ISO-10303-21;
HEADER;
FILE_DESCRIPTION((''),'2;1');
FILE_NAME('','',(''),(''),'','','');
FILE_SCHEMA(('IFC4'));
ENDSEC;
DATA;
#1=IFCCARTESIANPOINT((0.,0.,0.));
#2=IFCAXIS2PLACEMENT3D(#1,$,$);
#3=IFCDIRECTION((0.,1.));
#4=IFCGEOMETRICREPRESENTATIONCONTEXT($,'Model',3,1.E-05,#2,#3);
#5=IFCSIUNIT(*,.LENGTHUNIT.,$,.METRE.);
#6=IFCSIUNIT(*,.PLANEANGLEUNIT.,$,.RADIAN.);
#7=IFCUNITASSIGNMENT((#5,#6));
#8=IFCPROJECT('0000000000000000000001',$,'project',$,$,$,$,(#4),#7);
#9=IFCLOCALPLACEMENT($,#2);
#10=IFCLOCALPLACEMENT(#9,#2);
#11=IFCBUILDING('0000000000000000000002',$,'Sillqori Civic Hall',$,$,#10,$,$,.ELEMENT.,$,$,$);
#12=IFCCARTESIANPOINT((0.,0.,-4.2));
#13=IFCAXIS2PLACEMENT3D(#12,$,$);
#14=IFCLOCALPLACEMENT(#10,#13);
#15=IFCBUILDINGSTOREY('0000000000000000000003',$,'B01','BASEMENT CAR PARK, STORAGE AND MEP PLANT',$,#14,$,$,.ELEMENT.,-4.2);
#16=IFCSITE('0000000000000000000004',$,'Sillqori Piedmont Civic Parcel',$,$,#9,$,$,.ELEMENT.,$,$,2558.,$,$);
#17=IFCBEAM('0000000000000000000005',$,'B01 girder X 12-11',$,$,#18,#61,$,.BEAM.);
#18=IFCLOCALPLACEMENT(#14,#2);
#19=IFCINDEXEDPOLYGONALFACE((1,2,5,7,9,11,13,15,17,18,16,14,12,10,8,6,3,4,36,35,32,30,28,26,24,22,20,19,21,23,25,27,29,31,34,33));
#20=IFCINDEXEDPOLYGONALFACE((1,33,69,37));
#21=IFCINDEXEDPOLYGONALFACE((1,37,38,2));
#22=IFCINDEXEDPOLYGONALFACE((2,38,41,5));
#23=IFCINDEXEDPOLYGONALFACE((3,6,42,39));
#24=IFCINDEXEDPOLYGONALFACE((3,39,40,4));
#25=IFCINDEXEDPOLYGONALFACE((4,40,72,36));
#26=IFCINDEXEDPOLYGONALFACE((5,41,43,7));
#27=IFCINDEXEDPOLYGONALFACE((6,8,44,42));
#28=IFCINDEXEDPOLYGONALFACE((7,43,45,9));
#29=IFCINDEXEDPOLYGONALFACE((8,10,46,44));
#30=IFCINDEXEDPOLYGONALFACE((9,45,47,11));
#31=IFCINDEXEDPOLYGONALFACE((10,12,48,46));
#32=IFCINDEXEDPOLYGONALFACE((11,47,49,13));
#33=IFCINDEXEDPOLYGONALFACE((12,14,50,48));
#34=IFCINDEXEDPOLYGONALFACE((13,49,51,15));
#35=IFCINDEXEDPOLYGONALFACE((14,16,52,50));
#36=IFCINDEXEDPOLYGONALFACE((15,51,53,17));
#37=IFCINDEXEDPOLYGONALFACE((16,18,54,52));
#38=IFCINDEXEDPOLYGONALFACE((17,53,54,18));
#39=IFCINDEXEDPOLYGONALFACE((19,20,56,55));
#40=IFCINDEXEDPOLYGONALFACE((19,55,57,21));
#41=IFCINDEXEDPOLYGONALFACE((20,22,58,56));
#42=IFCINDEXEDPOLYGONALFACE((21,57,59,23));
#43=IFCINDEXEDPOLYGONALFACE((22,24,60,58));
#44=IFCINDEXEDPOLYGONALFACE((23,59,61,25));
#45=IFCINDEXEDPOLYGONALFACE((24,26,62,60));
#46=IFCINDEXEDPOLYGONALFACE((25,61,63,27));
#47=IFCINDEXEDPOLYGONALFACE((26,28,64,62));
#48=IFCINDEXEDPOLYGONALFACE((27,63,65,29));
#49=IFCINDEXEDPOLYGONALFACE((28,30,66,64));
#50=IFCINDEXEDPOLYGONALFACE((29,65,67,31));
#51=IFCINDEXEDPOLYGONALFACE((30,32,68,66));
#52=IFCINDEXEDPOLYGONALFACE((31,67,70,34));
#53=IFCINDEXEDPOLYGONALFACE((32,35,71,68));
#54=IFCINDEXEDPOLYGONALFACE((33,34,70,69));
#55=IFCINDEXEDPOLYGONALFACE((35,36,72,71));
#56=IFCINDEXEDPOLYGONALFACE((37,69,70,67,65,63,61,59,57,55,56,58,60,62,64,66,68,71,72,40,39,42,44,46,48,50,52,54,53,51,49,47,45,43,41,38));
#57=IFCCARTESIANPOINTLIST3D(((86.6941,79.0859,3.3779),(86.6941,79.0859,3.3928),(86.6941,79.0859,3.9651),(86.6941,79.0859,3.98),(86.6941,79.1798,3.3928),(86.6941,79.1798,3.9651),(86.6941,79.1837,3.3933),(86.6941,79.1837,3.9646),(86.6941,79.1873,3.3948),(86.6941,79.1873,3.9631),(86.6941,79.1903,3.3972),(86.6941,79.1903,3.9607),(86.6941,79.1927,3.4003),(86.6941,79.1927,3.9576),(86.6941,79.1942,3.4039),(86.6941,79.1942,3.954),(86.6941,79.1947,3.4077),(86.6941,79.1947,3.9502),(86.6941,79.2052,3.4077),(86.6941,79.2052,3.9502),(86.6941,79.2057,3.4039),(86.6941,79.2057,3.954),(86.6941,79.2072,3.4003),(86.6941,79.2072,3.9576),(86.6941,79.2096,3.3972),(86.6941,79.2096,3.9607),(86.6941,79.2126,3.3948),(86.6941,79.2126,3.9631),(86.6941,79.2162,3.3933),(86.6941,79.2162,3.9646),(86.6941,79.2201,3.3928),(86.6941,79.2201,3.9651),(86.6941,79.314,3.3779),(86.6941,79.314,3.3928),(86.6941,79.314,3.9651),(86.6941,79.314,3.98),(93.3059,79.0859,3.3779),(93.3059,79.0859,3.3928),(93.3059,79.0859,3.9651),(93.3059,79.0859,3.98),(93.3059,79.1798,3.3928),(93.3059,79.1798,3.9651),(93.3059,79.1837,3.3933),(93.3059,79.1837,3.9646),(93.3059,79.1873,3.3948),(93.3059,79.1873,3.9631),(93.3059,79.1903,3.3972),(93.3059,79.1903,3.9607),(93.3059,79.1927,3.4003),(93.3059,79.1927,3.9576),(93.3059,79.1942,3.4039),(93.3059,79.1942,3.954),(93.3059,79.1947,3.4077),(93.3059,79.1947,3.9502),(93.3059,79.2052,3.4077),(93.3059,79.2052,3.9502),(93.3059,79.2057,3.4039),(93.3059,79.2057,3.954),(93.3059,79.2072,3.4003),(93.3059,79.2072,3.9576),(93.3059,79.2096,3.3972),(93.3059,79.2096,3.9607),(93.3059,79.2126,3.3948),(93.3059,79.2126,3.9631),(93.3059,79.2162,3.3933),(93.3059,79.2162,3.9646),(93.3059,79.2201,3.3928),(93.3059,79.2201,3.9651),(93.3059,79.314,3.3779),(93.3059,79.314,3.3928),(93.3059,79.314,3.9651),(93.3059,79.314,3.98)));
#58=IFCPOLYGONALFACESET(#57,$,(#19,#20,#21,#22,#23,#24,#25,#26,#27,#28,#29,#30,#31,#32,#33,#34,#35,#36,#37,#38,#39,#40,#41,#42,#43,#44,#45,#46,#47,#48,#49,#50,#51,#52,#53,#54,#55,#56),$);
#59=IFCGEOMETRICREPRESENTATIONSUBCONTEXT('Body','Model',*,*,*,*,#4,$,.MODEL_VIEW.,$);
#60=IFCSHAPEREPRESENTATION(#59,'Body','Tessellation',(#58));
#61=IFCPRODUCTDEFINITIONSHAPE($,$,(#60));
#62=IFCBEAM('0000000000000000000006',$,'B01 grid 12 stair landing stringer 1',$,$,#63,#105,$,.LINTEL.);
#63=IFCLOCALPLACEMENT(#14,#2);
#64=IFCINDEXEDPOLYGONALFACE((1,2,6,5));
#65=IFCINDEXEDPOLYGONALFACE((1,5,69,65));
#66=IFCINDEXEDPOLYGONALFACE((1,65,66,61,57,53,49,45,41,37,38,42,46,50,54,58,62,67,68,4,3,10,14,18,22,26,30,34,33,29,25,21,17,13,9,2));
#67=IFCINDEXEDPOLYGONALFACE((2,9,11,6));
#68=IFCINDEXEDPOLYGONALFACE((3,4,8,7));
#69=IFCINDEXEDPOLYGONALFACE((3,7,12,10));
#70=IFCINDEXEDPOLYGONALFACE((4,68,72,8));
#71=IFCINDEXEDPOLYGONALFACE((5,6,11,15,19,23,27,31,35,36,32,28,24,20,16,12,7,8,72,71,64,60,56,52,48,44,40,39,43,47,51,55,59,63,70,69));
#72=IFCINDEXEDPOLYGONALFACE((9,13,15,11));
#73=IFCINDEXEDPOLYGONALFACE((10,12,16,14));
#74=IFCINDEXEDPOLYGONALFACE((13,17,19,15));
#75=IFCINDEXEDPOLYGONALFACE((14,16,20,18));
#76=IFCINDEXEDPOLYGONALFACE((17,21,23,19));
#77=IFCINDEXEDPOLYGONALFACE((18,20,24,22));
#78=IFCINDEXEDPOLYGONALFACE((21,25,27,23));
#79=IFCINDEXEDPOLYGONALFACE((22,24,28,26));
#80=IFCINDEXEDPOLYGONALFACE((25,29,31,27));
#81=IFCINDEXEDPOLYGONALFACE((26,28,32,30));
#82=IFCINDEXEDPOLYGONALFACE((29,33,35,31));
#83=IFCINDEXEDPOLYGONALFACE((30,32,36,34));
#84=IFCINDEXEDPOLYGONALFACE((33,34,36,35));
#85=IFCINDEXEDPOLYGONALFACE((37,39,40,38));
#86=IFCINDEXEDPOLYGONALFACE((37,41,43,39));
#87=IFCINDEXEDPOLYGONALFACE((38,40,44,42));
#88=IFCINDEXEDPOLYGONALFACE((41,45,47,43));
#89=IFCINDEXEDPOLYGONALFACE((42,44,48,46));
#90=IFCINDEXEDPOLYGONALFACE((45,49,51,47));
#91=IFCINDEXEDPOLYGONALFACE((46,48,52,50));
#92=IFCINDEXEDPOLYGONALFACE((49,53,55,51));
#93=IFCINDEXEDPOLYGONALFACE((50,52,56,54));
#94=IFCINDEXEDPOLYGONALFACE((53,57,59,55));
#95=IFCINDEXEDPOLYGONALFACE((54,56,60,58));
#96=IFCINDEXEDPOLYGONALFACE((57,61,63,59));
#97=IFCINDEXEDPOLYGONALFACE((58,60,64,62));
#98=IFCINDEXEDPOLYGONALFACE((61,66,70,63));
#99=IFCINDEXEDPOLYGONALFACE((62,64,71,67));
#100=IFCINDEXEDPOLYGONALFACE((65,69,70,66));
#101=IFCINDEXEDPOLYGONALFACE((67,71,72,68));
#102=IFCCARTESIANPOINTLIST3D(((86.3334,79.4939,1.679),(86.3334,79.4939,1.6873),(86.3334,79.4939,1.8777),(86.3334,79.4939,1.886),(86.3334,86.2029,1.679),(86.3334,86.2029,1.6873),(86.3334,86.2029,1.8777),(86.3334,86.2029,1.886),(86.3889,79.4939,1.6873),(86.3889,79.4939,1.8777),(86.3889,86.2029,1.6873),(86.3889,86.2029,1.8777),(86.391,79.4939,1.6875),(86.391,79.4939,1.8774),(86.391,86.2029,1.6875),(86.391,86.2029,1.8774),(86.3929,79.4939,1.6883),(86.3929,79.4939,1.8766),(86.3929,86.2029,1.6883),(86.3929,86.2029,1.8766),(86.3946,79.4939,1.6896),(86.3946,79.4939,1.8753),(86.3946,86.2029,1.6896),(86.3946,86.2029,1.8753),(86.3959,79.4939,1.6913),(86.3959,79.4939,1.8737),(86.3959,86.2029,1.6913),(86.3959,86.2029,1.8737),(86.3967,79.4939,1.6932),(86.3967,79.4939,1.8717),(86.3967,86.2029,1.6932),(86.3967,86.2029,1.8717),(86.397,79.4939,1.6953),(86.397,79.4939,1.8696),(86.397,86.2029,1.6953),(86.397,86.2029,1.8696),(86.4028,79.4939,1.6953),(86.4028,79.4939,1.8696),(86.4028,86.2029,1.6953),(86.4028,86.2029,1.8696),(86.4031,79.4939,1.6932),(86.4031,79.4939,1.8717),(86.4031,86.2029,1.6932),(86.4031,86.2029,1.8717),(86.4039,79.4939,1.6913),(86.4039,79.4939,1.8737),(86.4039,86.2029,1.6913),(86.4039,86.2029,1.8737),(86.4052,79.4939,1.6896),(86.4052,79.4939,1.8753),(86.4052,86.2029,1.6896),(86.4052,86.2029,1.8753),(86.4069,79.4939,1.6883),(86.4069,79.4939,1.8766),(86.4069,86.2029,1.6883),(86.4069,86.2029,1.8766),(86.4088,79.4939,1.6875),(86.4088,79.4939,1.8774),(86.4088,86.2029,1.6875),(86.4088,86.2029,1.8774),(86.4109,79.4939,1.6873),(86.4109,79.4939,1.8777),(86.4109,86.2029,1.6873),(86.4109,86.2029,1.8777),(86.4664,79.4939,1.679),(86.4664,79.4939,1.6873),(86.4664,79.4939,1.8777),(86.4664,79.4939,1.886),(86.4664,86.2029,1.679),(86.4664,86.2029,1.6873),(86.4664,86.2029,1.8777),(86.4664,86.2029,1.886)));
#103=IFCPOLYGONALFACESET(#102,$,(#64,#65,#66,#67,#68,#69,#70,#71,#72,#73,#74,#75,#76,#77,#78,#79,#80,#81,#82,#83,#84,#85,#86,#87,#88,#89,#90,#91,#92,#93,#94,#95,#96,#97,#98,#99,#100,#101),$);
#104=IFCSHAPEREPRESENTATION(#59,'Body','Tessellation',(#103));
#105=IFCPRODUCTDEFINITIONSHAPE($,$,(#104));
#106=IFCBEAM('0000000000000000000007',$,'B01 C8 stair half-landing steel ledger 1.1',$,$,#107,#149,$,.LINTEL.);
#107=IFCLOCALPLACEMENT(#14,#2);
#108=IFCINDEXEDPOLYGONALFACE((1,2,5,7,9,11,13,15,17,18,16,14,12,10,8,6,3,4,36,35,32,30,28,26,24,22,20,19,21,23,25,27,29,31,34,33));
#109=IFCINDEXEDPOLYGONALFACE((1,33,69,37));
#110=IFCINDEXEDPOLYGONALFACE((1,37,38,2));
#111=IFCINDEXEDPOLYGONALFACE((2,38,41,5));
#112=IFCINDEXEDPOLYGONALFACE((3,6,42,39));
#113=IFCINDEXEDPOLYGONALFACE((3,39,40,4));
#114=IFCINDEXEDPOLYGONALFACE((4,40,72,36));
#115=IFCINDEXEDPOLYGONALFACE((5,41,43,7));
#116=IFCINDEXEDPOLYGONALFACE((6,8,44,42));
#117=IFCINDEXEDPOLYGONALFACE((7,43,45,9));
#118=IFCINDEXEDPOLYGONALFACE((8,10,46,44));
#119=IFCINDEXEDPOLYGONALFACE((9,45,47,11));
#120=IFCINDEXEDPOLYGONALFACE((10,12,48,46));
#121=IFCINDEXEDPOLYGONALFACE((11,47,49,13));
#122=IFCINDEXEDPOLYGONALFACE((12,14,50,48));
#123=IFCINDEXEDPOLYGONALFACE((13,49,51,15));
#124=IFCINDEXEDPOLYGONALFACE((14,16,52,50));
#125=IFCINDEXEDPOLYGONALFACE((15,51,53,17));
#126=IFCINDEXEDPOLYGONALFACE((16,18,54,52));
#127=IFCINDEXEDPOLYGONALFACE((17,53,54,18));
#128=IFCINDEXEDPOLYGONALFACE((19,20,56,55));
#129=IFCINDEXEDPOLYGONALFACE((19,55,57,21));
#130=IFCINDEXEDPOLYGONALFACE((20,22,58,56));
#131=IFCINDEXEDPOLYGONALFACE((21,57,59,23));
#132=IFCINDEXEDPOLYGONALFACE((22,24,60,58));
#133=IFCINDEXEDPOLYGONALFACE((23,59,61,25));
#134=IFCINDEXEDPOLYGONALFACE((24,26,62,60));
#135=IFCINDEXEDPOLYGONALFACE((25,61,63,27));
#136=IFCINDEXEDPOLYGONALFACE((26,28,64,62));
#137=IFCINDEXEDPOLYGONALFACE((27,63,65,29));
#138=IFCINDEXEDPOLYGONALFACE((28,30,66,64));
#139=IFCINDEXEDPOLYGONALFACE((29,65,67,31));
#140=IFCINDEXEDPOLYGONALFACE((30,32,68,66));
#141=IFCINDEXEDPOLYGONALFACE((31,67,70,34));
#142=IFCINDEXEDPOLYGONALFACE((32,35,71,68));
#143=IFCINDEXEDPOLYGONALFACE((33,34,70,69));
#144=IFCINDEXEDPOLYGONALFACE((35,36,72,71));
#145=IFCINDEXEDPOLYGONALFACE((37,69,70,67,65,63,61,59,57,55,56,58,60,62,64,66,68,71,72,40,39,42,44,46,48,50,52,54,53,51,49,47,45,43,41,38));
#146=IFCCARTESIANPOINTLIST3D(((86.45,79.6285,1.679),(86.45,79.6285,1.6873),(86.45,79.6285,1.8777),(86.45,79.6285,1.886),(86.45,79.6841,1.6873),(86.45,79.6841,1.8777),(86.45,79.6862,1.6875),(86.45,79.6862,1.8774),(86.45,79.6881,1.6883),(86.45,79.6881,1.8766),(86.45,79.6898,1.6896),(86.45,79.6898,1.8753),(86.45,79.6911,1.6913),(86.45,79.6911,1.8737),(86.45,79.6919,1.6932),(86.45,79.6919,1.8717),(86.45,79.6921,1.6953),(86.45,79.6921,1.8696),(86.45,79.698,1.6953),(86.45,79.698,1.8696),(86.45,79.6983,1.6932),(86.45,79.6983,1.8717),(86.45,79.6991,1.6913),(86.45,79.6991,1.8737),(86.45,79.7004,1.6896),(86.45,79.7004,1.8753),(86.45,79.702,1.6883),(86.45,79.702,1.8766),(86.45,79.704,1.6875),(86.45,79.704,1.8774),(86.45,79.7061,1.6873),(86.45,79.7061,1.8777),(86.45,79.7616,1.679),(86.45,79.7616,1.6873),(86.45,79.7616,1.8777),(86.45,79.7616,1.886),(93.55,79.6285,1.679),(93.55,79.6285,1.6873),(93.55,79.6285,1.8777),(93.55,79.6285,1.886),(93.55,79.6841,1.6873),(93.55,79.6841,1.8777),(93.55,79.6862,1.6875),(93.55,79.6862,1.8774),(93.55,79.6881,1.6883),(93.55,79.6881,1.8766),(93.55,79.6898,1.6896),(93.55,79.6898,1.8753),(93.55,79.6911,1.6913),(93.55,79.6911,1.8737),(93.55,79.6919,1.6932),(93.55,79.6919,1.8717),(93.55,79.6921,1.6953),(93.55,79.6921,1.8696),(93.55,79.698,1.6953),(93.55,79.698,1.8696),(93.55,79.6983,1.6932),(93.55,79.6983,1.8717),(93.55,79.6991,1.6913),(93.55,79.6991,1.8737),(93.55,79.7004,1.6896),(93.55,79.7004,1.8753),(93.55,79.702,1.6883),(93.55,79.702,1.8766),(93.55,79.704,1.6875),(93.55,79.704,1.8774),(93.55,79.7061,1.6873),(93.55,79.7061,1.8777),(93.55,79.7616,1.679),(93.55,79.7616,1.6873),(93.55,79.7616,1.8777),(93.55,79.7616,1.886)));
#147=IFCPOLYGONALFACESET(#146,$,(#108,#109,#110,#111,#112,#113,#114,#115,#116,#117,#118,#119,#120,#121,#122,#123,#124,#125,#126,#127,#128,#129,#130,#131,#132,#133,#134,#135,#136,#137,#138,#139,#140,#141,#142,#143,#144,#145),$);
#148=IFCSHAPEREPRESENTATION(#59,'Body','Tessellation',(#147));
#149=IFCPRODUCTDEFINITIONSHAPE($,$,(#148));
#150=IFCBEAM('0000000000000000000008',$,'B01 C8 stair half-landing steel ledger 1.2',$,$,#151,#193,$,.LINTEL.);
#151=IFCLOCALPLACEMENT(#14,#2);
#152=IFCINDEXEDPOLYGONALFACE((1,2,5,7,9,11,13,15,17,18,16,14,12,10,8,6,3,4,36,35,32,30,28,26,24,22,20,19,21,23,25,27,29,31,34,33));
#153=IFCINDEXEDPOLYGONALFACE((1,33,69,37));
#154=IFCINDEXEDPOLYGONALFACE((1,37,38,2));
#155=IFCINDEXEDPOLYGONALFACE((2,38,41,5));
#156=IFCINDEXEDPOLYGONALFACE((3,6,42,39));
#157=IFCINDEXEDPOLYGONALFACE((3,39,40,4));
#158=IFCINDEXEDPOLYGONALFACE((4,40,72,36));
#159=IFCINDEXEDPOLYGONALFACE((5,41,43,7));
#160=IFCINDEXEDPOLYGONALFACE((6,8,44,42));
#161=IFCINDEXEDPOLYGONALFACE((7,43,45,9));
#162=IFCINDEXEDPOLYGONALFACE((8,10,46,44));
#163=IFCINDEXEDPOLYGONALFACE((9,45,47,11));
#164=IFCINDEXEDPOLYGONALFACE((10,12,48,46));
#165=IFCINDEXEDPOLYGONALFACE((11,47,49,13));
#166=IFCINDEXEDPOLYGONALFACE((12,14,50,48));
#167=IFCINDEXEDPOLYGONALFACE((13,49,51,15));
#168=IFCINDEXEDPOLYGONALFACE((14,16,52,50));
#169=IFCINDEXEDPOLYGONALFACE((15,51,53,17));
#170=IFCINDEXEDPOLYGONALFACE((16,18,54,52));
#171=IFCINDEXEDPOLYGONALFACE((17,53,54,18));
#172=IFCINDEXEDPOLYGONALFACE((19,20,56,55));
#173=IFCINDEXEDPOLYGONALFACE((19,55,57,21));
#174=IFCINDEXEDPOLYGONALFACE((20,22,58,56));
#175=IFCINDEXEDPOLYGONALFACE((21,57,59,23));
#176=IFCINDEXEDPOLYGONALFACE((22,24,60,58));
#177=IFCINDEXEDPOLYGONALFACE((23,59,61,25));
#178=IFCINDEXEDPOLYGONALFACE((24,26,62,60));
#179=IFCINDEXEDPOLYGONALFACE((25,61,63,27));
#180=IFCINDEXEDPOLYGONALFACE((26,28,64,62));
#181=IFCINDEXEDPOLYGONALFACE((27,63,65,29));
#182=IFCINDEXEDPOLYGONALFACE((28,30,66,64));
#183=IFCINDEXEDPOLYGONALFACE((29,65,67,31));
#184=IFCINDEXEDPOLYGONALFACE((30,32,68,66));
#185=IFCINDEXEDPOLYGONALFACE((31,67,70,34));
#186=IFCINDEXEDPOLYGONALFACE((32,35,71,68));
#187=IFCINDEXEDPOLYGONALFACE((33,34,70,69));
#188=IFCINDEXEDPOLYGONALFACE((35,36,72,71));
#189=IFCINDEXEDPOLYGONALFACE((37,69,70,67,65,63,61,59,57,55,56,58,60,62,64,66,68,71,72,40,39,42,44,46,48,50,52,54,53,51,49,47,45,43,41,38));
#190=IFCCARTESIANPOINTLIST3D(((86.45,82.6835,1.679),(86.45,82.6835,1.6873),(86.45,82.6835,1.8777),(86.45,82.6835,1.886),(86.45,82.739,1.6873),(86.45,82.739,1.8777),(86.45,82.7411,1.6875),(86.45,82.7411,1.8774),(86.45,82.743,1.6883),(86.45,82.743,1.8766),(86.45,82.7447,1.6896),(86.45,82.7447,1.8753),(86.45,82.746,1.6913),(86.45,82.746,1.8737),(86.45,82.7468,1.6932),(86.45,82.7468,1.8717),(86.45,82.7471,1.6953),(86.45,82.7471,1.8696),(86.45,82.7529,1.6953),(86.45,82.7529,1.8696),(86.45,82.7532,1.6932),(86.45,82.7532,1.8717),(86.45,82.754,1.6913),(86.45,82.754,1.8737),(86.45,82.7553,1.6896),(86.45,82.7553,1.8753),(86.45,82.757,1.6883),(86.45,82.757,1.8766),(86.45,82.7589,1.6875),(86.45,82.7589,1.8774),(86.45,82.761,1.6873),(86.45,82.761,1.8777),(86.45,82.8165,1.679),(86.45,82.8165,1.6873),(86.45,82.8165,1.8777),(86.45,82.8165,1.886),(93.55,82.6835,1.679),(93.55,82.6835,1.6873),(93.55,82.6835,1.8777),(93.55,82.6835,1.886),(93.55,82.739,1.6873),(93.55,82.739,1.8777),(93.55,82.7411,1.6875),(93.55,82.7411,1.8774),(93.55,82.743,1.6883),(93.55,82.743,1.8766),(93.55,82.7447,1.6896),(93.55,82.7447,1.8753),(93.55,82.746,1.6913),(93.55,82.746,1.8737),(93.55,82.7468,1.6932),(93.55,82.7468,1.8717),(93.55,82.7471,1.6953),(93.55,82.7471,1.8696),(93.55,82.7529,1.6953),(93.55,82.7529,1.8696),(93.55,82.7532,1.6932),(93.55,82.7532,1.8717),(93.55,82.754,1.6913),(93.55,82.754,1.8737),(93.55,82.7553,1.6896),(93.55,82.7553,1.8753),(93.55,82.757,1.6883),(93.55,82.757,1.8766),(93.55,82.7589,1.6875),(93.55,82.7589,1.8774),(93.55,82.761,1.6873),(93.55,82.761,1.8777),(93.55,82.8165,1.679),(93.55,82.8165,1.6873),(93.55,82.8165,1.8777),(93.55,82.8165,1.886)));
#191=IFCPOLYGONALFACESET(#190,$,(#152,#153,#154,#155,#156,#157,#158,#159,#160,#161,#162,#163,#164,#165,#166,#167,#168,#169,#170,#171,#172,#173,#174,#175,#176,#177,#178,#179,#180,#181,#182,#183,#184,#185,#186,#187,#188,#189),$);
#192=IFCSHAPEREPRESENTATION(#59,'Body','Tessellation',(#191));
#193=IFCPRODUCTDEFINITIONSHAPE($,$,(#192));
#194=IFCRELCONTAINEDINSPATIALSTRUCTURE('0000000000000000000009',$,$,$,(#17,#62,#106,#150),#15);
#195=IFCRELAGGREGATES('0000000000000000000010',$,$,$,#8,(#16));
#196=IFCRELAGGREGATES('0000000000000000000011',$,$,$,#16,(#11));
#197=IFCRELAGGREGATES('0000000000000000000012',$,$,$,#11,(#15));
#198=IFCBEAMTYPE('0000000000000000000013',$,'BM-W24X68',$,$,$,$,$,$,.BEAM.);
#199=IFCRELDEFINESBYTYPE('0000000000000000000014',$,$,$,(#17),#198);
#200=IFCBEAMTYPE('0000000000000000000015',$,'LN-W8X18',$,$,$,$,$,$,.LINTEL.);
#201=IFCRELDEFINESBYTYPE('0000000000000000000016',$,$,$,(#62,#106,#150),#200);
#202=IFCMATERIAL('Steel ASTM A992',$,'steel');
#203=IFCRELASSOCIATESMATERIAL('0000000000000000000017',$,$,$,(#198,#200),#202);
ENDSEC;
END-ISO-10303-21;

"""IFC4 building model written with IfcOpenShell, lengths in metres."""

from ifc_helpers import new_model, si_unit, direction, frame, origin, origin_2d, place, context, subcontext, project, spatial, i_section, extrude, material, material_profile, profile_set, type_object, element, save


model = new_model("IFC4")

# Units and contexts
model_context = context("Model", 3, precision=1e-05, world=origin(), true_north=direction((0.0, 1.0)))
body_context = subcontext(model_context, "Body", "Model", "MODEL_VIEW")
ifc_project = project(units=[si_unit("LENGTHUNIT", "METRE"), si_unit("PLANEANGLEUNIT", "RADIAN")], contexts=[model_context])

# Site, building, storey
site_placement = place(None, origin())
site = spatial("IfcSite", under=ifc_project, at=site_placement, Name="Sillqori Piedmont Civic Parcel", CompositionType="ELEMENT", RefElevation=2558.0)
building_placement = place(site_placement, origin())
building = spatial("IfcBuilding", under=site, at=building_placement, Name="Sillqori Civic Hall", CompositionType="ELEMENT")
storey_placement = place(building_placement, frame((0.0, 0.0, -4.2)))
storey = spatial("IfcBuildingStorey", under=building, at=storey_placement, Name="B01", Description="BASEMENT CAR PARK, STORAGE AND MEP PLANT", CompositionType="ELEMENT", Elevation=-4.2)

# Beams
ifc_material_1 = material(Name="Steel ASTM A992", Category="steel")
ifc_material_profile_1 = material_profile(ifc_material_1, i_section(OverallWidth=0.228, OverallDepth=0.6021, WebThickness=0.0105, FlangeThickness=0.0149, FilletRadius=0.0149, at=origin_2d()), Name="W24X68")
ifc_profile_set_1 = profile_set([ifc_material_profile_1], Name="Steel ASTM A992")
beam_type_1 = type_object("IfcBeamType", Name="BM-W24X68", PredefinedType="BEAM", material=ifc_profile_set_1)
beam_1_placement = place(storey_placement, frame((86.6941, 79.2, 3.679), z_axis=(1.0, 0.0, 0.0), x_axis=(0.0, 1.0, 0.0)))
element("IfcBeam", 1, at=beam_1_placement, inside=storey, type_object=beam_type_1, Name="B01 girder X 12-11", PredefinedType="BEAM", context=body_context, shape_type="SweptSolid", body=[
    extrude(i_section(OverallWidth=0.228, OverallDepth=0.6021, WebThickness=0.0105, FlangeThickness=0.0149, FilletRadius=0.0149, at=origin_2d()), origin(), (0.0, 0.0, 1.0), 6.6118),
])
ifc_material_profile_2 = material_profile(ifc_material_1, i_section(OverallWidth=0.1331, OverallDepth=0.207, WebThickness=0.0059, FlangeThickness=0.0083, FilletRadius=0.0081, at=origin_2d()), Name="W8X18")
ifc_profile_set_2 = profile_set([ifc_material_profile_2], Name="Steel ASTM A992")
beam_type_2 = type_object("IfcBeamType", Name="LN-W8X18", PredefinedType="LINTEL", material=ifc_profile_set_2)
beam_2_placement = place(storey_placement, frame((86.3999, 79.4939, 1.7825), z_axis=(0.0, 1.0, 0.0), x_axis=(-1.0, 0.0, 0.0)))
element("IfcBeam", 2, at=beam_2_placement, inside=storey, type_object=beam_type_2, Name="B01 grid 12 stair landing stringer 1", PredefinedType="LINTEL", context=body_context, shape_type="SweptSolid", body=[
    extrude(i_section(OverallWidth=0.1331, OverallDepth=0.207, WebThickness=0.0059, FlangeThickness=0.0083, FilletRadius=0.0081, at=origin_2d()), origin(), (0.0, 0.0, 1.0), 6.709),
])
for number, where, z_axis, x_axis, name in (
    (3, (86.45, 79.6951, 1.7825), (1.0, 0.0, 0.0), (0.0, 1.0, 0.0), "B01 C8 stair half-landing steel ledger 1.1"),
    (4, (86.45, 82.75, 1.7825), (1.0, 0.0, 0.0), (0.0, 1.0, 0.0), "B01 C8 stair half-landing steel ledger 1.2"),
):
    element("IfcBeam", number, at=place(storey_placement, frame(where, z_axis=z_axis, x_axis=x_axis)), inside=storey, type_object=beam_type_2, Name=name, PredefinedType="LINTEL", context=body_context, shape_type="SweptSolid", body=[
        extrude(i_section(OverallWidth=0.1331, OverallDepth=0.207, WebThickness=0.0059, FlangeThickness=0.0083, FilletRadius=0.0081, at=origin_2d()), origin(), (0.0, 0.0, 1.0), 7.1001),
    ])

save(model, "model.ifc")
